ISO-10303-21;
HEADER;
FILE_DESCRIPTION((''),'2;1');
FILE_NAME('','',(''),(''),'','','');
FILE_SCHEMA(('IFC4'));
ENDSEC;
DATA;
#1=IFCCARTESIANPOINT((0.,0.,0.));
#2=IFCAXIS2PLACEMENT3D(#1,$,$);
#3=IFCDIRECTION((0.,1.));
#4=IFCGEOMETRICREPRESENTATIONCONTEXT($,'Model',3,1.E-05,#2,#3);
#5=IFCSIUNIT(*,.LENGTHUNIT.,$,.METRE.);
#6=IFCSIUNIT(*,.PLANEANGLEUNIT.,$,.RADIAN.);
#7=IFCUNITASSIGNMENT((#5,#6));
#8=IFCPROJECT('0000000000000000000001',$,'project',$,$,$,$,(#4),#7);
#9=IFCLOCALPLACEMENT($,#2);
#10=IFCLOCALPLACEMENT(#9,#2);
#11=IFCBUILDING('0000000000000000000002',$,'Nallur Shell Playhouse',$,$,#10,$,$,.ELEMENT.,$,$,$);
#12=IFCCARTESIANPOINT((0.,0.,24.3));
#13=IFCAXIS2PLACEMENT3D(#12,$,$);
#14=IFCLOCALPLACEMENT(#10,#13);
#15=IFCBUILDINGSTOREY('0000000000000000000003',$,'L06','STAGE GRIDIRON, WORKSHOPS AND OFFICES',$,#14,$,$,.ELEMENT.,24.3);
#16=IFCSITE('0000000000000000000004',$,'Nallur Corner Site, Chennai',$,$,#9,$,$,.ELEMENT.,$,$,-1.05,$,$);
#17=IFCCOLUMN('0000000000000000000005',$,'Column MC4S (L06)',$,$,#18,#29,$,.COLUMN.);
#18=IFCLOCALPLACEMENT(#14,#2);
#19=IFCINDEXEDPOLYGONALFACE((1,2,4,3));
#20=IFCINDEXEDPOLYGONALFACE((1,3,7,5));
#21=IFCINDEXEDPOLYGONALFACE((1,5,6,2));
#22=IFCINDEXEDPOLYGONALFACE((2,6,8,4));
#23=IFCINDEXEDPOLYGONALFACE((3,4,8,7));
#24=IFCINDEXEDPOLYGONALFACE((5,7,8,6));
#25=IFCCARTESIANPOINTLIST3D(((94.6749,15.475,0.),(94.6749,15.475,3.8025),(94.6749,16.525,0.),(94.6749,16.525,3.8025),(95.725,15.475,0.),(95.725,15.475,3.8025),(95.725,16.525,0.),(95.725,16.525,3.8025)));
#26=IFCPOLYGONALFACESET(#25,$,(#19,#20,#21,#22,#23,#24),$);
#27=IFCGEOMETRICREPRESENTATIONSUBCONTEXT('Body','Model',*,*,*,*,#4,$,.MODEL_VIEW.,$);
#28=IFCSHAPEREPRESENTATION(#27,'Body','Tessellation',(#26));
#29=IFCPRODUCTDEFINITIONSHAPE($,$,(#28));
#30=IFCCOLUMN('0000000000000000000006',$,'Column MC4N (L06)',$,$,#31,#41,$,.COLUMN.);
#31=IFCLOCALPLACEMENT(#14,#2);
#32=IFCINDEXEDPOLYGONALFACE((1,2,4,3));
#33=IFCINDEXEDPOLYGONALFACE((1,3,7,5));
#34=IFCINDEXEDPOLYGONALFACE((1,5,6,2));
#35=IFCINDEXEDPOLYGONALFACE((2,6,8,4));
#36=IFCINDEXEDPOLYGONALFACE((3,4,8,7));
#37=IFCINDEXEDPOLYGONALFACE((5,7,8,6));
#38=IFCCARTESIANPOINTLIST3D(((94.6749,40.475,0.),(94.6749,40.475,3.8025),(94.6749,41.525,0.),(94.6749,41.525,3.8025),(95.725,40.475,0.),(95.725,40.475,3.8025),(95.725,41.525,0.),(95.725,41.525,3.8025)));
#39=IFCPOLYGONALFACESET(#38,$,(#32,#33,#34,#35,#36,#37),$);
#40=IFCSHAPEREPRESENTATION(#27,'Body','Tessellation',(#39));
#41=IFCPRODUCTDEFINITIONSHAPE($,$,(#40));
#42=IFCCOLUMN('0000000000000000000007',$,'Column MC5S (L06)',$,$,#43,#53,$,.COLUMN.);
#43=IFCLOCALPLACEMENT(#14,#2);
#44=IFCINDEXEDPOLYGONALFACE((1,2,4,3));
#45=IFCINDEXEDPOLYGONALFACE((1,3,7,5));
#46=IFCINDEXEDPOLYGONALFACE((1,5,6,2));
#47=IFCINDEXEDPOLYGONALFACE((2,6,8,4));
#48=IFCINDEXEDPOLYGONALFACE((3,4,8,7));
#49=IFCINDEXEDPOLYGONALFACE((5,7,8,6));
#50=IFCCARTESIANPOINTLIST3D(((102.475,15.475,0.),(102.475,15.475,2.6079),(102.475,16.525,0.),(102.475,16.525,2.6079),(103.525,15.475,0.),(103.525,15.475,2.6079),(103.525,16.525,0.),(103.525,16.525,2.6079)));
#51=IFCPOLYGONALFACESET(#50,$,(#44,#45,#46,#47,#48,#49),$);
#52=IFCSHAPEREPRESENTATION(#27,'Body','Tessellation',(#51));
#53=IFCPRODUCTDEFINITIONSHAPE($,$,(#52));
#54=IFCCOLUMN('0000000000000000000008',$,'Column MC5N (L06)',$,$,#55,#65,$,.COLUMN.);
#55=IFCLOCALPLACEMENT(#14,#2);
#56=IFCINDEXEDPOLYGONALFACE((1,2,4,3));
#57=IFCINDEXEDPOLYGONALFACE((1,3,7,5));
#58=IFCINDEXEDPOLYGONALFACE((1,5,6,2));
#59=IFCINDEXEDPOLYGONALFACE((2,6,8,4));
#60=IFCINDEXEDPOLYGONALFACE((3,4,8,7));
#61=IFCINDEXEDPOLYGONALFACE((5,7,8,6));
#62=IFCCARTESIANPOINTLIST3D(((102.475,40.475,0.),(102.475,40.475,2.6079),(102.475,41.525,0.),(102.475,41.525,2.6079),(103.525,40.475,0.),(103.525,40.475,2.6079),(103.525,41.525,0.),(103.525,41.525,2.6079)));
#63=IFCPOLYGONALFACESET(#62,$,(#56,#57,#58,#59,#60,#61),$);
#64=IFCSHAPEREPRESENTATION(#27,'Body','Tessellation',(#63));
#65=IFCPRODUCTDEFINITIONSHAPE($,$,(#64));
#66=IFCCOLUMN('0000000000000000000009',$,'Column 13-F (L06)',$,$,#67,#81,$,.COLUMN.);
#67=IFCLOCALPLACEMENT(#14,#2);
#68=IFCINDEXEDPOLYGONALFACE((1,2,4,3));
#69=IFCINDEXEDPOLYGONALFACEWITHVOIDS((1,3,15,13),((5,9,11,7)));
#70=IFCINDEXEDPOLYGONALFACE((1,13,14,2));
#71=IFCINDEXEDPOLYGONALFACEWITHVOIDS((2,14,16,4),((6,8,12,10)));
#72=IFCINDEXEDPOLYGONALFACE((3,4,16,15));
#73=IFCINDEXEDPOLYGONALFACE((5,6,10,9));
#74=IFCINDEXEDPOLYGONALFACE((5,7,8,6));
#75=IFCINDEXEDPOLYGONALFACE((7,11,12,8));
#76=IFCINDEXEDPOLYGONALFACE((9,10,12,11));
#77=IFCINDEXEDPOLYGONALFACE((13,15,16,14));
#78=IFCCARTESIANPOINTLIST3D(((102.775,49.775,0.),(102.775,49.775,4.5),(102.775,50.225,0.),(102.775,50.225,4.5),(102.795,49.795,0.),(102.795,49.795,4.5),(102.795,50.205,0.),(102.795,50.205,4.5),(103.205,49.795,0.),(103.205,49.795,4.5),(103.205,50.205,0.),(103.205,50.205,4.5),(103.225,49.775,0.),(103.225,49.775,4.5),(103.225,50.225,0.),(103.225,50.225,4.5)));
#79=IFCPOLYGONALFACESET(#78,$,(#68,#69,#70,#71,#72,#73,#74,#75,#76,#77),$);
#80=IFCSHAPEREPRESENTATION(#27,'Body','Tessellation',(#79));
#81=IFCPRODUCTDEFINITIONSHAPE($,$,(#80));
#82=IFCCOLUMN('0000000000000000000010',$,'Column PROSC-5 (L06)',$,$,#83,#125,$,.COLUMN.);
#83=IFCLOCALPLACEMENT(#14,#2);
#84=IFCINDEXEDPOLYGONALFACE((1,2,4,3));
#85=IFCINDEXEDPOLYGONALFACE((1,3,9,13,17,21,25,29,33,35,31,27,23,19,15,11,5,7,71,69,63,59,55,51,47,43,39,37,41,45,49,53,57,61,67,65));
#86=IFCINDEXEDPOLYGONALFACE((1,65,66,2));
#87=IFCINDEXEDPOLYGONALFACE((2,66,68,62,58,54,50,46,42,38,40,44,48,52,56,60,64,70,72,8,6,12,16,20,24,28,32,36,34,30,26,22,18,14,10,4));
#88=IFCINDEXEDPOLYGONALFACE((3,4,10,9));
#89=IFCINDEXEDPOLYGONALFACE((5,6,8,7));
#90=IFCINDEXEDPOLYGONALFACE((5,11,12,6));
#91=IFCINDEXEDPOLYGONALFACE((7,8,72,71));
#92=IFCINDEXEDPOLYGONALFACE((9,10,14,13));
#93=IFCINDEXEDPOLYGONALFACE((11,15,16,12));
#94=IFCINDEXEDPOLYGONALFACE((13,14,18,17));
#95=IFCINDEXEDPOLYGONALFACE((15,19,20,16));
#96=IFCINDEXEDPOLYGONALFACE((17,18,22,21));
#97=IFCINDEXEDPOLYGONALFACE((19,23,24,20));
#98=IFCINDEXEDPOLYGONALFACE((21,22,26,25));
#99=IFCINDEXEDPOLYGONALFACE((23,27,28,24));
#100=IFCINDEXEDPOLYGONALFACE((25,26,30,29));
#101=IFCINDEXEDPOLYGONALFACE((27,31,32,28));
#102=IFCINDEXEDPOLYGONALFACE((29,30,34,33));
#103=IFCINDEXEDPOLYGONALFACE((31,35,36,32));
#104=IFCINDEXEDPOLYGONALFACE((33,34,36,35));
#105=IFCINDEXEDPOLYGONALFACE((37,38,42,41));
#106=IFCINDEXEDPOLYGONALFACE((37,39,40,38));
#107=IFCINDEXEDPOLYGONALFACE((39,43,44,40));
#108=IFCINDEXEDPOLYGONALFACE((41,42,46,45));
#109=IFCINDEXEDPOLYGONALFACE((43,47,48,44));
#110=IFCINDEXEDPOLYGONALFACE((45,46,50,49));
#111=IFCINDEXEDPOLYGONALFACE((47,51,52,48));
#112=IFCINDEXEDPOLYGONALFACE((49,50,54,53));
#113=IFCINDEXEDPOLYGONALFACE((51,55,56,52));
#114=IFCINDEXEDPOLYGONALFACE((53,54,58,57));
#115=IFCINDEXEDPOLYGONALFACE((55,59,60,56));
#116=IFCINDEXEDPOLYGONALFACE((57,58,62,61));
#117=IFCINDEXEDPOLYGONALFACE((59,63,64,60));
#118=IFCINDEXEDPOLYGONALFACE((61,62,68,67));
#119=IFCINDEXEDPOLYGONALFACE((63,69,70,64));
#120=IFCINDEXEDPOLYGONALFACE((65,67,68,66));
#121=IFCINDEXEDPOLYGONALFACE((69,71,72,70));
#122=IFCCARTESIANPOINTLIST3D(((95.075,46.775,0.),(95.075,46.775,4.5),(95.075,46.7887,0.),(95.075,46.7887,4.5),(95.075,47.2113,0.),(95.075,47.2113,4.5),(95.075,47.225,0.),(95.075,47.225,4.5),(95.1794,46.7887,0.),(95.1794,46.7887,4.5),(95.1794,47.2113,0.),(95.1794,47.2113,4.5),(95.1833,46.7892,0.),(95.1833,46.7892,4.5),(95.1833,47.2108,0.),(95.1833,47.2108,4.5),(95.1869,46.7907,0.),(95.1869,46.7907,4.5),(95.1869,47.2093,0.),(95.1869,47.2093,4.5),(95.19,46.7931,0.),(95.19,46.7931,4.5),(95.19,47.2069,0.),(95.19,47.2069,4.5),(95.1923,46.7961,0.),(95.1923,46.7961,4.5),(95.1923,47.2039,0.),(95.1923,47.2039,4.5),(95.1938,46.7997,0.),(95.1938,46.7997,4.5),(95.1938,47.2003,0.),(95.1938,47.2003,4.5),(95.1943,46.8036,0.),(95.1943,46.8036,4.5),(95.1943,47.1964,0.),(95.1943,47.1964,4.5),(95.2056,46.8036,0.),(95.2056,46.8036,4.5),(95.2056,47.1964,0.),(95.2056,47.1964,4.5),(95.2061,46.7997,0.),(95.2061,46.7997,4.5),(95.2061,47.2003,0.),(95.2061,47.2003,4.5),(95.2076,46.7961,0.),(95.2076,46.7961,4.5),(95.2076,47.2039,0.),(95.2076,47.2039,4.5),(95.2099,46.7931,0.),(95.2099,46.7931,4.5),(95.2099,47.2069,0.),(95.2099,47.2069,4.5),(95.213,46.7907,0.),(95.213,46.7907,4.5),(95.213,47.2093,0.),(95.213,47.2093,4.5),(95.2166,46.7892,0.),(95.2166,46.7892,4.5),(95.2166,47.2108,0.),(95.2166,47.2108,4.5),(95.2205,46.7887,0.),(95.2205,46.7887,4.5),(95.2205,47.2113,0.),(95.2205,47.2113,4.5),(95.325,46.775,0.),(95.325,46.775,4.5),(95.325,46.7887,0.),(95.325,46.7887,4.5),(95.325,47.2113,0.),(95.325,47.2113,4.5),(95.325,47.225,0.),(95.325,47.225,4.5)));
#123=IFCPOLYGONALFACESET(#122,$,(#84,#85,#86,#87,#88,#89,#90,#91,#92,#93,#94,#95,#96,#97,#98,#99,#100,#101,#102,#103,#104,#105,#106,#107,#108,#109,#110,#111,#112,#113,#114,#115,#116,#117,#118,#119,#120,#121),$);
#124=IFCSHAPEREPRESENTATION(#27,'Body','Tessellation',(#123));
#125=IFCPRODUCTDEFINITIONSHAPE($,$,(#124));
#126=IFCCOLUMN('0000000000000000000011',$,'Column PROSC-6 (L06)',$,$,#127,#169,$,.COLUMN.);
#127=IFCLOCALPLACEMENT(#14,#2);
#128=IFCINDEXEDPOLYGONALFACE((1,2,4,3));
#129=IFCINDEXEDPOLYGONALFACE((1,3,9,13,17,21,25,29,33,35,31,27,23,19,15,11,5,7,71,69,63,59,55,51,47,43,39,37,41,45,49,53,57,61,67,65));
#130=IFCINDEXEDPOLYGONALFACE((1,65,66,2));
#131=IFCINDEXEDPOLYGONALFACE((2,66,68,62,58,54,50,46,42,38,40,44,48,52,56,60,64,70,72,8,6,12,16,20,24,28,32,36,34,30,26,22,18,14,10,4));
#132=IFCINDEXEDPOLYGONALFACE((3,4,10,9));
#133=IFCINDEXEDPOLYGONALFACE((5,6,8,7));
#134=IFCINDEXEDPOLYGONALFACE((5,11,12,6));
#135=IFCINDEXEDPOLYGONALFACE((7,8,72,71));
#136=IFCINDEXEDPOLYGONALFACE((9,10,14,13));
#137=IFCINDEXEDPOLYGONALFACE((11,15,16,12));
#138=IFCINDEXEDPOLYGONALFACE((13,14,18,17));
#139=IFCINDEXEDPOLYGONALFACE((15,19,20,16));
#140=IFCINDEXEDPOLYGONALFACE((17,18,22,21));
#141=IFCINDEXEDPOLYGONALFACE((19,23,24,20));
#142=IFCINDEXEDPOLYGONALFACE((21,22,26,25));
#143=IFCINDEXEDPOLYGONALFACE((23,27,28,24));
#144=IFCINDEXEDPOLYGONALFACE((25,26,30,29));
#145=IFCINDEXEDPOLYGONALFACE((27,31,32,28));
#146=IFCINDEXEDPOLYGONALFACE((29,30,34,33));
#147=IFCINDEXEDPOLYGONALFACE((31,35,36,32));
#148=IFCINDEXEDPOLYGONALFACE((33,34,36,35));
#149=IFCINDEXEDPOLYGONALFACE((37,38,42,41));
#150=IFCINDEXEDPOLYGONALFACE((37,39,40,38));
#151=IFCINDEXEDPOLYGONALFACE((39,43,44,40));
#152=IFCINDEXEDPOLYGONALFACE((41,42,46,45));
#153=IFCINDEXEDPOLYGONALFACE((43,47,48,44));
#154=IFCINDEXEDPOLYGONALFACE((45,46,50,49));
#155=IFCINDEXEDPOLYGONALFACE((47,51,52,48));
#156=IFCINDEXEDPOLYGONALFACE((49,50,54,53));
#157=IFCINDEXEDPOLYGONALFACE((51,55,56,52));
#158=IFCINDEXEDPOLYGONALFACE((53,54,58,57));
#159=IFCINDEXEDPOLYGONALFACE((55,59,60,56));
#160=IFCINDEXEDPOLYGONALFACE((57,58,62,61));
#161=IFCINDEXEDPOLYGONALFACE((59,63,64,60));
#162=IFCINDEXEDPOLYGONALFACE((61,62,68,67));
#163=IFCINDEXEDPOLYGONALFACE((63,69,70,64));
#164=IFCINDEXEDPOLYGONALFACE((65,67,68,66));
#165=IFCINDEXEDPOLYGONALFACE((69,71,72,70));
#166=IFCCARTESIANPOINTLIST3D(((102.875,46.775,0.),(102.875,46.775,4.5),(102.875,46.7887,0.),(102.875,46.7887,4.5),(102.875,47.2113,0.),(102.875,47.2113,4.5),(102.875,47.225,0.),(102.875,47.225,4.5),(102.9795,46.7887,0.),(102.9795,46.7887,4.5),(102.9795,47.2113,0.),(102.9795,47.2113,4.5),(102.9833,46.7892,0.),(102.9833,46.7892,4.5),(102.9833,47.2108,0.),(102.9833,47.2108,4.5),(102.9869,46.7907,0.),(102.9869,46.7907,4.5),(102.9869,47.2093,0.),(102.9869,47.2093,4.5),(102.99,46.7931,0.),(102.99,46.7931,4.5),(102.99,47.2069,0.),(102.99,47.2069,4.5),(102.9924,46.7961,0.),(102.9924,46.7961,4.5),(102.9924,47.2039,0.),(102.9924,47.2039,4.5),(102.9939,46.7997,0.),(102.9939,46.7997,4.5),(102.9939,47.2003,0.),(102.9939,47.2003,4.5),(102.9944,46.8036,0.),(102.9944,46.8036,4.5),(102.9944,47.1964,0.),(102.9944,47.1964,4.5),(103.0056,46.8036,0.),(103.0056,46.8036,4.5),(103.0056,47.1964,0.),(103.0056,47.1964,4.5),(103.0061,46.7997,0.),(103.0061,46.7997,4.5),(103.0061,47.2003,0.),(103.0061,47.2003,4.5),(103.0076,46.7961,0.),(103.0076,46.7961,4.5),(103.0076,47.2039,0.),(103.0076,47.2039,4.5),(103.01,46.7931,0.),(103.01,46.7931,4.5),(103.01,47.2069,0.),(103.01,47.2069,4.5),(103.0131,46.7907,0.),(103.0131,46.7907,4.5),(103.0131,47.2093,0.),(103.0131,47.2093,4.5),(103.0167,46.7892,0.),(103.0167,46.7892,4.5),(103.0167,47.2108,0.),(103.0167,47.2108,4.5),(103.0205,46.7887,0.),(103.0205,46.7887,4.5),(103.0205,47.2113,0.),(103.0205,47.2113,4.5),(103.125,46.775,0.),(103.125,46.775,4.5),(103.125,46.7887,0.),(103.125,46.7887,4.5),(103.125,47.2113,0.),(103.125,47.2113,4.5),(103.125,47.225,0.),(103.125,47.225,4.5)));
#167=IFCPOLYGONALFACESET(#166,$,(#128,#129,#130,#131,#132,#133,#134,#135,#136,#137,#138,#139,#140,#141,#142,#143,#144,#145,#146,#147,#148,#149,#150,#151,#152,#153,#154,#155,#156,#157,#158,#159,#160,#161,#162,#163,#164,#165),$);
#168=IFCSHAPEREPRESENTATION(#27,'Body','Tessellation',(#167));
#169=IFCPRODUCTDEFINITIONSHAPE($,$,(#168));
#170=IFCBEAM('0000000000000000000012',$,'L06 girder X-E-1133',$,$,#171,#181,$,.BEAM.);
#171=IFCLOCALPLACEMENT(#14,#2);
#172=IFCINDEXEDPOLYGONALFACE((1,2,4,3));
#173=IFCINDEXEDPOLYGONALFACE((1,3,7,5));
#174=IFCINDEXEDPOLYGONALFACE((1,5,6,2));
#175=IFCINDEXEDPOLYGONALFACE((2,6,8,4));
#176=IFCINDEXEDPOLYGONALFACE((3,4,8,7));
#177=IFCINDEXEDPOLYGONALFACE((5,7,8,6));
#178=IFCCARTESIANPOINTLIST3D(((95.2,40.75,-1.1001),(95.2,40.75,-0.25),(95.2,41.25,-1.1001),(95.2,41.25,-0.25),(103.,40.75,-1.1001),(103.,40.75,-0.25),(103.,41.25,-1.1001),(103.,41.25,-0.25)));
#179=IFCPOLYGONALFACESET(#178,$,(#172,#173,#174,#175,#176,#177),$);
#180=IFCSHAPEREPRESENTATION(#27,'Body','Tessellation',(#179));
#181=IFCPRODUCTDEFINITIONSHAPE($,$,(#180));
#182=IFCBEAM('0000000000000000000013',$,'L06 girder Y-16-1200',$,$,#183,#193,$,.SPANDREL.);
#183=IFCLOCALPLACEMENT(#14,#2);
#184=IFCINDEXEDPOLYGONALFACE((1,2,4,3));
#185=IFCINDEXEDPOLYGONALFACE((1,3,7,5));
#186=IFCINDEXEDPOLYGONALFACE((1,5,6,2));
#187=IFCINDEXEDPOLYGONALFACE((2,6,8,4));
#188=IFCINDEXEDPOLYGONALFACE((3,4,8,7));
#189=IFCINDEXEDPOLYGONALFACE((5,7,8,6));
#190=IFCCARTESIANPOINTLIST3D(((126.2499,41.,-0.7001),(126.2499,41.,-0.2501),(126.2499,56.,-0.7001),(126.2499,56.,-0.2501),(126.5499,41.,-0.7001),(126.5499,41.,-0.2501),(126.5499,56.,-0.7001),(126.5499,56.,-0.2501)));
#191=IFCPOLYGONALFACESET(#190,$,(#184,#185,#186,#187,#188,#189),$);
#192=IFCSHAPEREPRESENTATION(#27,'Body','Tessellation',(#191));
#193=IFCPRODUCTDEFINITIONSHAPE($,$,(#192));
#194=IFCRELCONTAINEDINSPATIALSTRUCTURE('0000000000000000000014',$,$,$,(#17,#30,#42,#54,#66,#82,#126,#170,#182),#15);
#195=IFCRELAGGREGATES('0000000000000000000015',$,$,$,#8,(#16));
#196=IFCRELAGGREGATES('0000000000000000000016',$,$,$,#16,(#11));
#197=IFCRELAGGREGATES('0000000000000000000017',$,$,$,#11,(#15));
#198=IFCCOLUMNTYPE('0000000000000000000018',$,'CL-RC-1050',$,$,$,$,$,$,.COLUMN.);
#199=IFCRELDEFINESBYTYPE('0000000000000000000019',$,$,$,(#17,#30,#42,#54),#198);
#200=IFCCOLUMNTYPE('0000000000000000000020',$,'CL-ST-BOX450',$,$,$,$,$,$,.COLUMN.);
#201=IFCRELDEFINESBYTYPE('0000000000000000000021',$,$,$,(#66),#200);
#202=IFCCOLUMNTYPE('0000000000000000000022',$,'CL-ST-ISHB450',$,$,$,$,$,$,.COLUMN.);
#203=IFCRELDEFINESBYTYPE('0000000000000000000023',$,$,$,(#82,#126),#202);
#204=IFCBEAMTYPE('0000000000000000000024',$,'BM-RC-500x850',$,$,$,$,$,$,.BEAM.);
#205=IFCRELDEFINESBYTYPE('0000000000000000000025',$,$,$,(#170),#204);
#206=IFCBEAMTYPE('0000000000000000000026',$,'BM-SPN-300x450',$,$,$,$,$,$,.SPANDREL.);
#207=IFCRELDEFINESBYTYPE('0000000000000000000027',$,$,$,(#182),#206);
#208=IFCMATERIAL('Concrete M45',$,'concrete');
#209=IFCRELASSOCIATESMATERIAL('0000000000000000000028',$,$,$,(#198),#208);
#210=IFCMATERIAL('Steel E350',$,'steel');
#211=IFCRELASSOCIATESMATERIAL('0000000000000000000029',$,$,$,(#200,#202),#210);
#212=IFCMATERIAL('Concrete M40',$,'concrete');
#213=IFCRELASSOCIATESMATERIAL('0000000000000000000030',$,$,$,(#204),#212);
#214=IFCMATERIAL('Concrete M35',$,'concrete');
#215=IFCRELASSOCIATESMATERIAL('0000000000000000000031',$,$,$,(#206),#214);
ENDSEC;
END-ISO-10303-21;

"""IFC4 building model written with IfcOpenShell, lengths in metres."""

from ifc_helpers import new_model, si_unit, direction, frame, origin, origin_2d, place, context, subcontext, project, spatial, rectangle, hollow_rectangle, i_section, extrude, material, material_profile, profile_set, type_object, element, save


model = new_model("IFC4")

# Units and contexts
model_context = context("Model", 3, precision=1e-05, world=origin(), true_north=direction((0.0, 1.0)))
body_context = subcontext(model_context, "Body", "Model", "MODEL_VIEW")
ifc_project = project(units=[si_unit("LENGTHUNIT", "METRE"), si_unit("PLANEANGLEUNIT", "RADIAN")], contexts=[model_context])

# Site, building, storey
site_placement = place(None, origin())
site = spatial("IfcSite", under=ifc_project, at=site_placement, Name="Nallur Corner Site, Chennai", CompositionType="ELEMENT", RefElevation=-1.05)
building_placement = place(site_placement, origin())
building = spatial("IfcBuilding", under=site, at=building_placement, Name="Nallur Shell Playhouse", CompositionType="ELEMENT")
storey_placement = place(building_placement, frame((0.0, 0.0, 24.3)))
storey = spatial("IfcBuildingStorey", under=building, at=storey_placement, Name="L06", Description="STAGE GRIDIRON, WORKSHOPS AND OFFICES", CompositionType="ELEMENT", Elevation=24.3)

# Columns
ifc_material_1 = material(Name="Concrete M45", Category="concrete")
ifc_material_profile_1 = material_profile(ifc_material_1, rectangle(XDim=1.05, YDim=1.05, at=origin_2d()), Name="RC 1050x1050")
ifc_profile_set_1 = profile_set([ifc_material_profile_1], Name="Concrete M45")
column_type_1 = type_object("IfcColumnType", Name="CL-RC-1050", PredefinedType="COLUMN", material=ifc_profile_set_1)
for number, where, z_axis, x_axis, name in (
    (1, (95.2, 16.0, 0.0), (0.0, 0.0, 1.0), (1.0, 0.0, 0.0), "Column MC4S (L06)"),
    (2, (95.2, 41.0, 0.0), (0.0, 0.0, 1.0), (1.0, 0.0, 0.0), "Column MC4N (L06)"),
):
    element("IfcColumn", number, at=place(storey_placement, frame(where, z_axis=z_axis, x_axis=x_axis)), inside=storey, type_object=column_type_1, Name=name, PredefinedType="COLUMN", context=body_context, shape_type="SweptSolid", body=[
        extrude(rectangle(XDim=1.05, YDim=1.05, at=origin_2d()), origin(), (0.0, 0.0, 1.0), 3.8025),
    ])
for number, where, z_axis, x_axis, name in (
    (3, (103.0, 16.0, 0.0), (0.0, 0.0, 1.0), (1.0, 0.0, 0.0), "Column MC5S (L06)"),
    (4, (103.0, 41.0, 0.0), (0.0, 0.0, 1.0), (1.0, 0.0, 0.0), "Column MC5N (L06)"),
):
    element("IfcColumn", number, at=place(storey_placement, frame(where, z_axis=z_axis, x_axis=x_axis)), inside=storey, type_object=column_type_1, Name=name, PredefinedType="COLUMN", context=body_context, shape_type="SweptSolid", body=[
        extrude(rectangle(XDim=1.05, YDim=1.05, at=origin_2d()), origin(), (0.0, 0.0, 1.0), 2.6079),
    ])
ifc_material_2 = material(Name="Steel E350", Category="steel")
ifc_material_profile_2 = material_profile(ifc_material_2, hollow_rectangle(XDim=0.45, YDim=0.45, WallThickness=0.02, at=origin_2d()), Name="BOX 450x450x20")
ifc_profile_set_2 = profile_set([ifc_material_profile_2], Name="Steel E350")
column_type_2 = type_object("IfcColumnType", Name="CL-ST-BOX450", PredefinedType="COLUMN", material=ifc_profile_set_2)
column_placement = place(storey_placement, frame((103.0, 50.0, 0.0), z_axis=(0.0, 0.0, 1.0), x_axis=(1.0, 0.0, 0.0)))
element("IfcColumn", 5, at=column_placement, inside=storey, type_object=column_type_2, Name="Column 13-F (L06)", PredefinedType="COLUMN", context=body_context, shape_type="SweptSolid", body=[
    extrude(hollow_rectangle(XDim=0.45, YDim=0.45, WallThickness=0.02, at=origin_2d()), origin(), (0.0, 0.0, 1.0), 4.5),
])
ifc_material_profile_3 = material_profile(ifc_material_2, i_section(OverallWidth=0.25, OverallDepth=0.45, WebThickness=0.0112, FlangeThickness=0.0137, FilletRadius=0.0149, at=origin_2d()), Name="ISHB 450")
ifc_profile_set_3 = profile_set([ifc_material_profile_3], Name="Steel E350")
column_type_3 = type_object("IfcColumnType", Name="CL-ST-ISHB450", PredefinedType="COLUMN", material=ifc_profile_set_3)
for number, where, z_axis, x_axis, name in (
    (6, (95.2, 47.0, 0.0), (0.0, 0.0, 1.0), (1.0, 0.0, 0.0), "Column PROSC-5 (L06)"),
    (7, (103.0, 47.0, 0.0), (0.0, 0.0, 1.0), (1.0, 0.0, 0.0), "Column PROSC-6 (L06)"),
):
    element("IfcColumn", number, at=place(storey_placement, frame(where, z_axis=z_axis, x_axis=x_axis)), inside=storey, type_object=column_type_3, Name=name, PredefinedType="COLUMN", context=body_context, shape_type="SweptSolid", body=[
        extrude(i_section(OverallWidth=0.25, OverallDepth=0.45, WebThickness=0.0112, FlangeThickness=0.0137, FilletRadius=0.0149, at=origin_2d()), origin(), (0.0, 0.0, 1.0), 4.5),
    ])

# Beams
ifc_material_3 = material(Name="Concrete M40", Category="concrete")
ifc_material_profile_4 = material_profile(ifc_material_3, rectangle(XDim=0.5, YDim=0.8501, at=origin_2d()), Name="RC 500x850")
ifc_profile_set_4 = profile_set([ifc_material_profile_4], Name="Concrete M40")
beam_type_1 = type_object("IfcBeamType", Name="BM-RC-500x850", PredefinedType="BEAM", material=ifc_profile_set_4)
beam_1_placement = place(storey_placement, frame((95.2, 41.0, -0.675), z_axis=(1.0, 0.0, 0.0), x_axis=(0.0, 1.0, 0.0)))
element("IfcBeam", 8, at=beam_1_placement, inside=storey, type_object=beam_type_1, Name="L06 girder X-E-1133", PredefinedType="BEAM", context=body_context, shape_type="SweptSolid", body=[
    extrude(rectangle(XDim=0.5, YDim=0.8501, at=origin_2d()), origin(), (0.0, 0.0, 1.0), 7.8),
])
ifc_material_4 = material(Name="Concrete M35", Category="concrete")
ifc_material_profile_5 = material_profile(ifc_material_4, rectangle(XDim=0.3, YDim=0.45, at=origin_2d()), Name="RC 300x450")
ifc_profile_set_5 = profile_set([ifc_material_profile_5], Name="Concrete M35")
beam_type_2 = type_object("IfcBeamType", Name="BM-SPN-300x450", PredefinedType="SPANDREL", material=ifc_profile_set_5)
beam_2_placement = place(storey_placement, frame((126.3999, 41.0, -0.4751), z_axis=(0.0, 1.0, 0.0), x_axis=(-1.0, 0.0, 0.0)))
element("IfcBeam", 9, at=beam_2_placement, inside=storey, type_object=beam_type_2, Name="L06 girder Y-16-1200", PredefinedType="SPANDREL", context=body_context, shape_type="SweptSolid", body=[
    extrude(rectangle(XDim=0.3, YDim=0.45, at=origin_2d()), origin(), (0.0, 0.0, 1.0), 15.0),
])

save(model, "model.ifc")
